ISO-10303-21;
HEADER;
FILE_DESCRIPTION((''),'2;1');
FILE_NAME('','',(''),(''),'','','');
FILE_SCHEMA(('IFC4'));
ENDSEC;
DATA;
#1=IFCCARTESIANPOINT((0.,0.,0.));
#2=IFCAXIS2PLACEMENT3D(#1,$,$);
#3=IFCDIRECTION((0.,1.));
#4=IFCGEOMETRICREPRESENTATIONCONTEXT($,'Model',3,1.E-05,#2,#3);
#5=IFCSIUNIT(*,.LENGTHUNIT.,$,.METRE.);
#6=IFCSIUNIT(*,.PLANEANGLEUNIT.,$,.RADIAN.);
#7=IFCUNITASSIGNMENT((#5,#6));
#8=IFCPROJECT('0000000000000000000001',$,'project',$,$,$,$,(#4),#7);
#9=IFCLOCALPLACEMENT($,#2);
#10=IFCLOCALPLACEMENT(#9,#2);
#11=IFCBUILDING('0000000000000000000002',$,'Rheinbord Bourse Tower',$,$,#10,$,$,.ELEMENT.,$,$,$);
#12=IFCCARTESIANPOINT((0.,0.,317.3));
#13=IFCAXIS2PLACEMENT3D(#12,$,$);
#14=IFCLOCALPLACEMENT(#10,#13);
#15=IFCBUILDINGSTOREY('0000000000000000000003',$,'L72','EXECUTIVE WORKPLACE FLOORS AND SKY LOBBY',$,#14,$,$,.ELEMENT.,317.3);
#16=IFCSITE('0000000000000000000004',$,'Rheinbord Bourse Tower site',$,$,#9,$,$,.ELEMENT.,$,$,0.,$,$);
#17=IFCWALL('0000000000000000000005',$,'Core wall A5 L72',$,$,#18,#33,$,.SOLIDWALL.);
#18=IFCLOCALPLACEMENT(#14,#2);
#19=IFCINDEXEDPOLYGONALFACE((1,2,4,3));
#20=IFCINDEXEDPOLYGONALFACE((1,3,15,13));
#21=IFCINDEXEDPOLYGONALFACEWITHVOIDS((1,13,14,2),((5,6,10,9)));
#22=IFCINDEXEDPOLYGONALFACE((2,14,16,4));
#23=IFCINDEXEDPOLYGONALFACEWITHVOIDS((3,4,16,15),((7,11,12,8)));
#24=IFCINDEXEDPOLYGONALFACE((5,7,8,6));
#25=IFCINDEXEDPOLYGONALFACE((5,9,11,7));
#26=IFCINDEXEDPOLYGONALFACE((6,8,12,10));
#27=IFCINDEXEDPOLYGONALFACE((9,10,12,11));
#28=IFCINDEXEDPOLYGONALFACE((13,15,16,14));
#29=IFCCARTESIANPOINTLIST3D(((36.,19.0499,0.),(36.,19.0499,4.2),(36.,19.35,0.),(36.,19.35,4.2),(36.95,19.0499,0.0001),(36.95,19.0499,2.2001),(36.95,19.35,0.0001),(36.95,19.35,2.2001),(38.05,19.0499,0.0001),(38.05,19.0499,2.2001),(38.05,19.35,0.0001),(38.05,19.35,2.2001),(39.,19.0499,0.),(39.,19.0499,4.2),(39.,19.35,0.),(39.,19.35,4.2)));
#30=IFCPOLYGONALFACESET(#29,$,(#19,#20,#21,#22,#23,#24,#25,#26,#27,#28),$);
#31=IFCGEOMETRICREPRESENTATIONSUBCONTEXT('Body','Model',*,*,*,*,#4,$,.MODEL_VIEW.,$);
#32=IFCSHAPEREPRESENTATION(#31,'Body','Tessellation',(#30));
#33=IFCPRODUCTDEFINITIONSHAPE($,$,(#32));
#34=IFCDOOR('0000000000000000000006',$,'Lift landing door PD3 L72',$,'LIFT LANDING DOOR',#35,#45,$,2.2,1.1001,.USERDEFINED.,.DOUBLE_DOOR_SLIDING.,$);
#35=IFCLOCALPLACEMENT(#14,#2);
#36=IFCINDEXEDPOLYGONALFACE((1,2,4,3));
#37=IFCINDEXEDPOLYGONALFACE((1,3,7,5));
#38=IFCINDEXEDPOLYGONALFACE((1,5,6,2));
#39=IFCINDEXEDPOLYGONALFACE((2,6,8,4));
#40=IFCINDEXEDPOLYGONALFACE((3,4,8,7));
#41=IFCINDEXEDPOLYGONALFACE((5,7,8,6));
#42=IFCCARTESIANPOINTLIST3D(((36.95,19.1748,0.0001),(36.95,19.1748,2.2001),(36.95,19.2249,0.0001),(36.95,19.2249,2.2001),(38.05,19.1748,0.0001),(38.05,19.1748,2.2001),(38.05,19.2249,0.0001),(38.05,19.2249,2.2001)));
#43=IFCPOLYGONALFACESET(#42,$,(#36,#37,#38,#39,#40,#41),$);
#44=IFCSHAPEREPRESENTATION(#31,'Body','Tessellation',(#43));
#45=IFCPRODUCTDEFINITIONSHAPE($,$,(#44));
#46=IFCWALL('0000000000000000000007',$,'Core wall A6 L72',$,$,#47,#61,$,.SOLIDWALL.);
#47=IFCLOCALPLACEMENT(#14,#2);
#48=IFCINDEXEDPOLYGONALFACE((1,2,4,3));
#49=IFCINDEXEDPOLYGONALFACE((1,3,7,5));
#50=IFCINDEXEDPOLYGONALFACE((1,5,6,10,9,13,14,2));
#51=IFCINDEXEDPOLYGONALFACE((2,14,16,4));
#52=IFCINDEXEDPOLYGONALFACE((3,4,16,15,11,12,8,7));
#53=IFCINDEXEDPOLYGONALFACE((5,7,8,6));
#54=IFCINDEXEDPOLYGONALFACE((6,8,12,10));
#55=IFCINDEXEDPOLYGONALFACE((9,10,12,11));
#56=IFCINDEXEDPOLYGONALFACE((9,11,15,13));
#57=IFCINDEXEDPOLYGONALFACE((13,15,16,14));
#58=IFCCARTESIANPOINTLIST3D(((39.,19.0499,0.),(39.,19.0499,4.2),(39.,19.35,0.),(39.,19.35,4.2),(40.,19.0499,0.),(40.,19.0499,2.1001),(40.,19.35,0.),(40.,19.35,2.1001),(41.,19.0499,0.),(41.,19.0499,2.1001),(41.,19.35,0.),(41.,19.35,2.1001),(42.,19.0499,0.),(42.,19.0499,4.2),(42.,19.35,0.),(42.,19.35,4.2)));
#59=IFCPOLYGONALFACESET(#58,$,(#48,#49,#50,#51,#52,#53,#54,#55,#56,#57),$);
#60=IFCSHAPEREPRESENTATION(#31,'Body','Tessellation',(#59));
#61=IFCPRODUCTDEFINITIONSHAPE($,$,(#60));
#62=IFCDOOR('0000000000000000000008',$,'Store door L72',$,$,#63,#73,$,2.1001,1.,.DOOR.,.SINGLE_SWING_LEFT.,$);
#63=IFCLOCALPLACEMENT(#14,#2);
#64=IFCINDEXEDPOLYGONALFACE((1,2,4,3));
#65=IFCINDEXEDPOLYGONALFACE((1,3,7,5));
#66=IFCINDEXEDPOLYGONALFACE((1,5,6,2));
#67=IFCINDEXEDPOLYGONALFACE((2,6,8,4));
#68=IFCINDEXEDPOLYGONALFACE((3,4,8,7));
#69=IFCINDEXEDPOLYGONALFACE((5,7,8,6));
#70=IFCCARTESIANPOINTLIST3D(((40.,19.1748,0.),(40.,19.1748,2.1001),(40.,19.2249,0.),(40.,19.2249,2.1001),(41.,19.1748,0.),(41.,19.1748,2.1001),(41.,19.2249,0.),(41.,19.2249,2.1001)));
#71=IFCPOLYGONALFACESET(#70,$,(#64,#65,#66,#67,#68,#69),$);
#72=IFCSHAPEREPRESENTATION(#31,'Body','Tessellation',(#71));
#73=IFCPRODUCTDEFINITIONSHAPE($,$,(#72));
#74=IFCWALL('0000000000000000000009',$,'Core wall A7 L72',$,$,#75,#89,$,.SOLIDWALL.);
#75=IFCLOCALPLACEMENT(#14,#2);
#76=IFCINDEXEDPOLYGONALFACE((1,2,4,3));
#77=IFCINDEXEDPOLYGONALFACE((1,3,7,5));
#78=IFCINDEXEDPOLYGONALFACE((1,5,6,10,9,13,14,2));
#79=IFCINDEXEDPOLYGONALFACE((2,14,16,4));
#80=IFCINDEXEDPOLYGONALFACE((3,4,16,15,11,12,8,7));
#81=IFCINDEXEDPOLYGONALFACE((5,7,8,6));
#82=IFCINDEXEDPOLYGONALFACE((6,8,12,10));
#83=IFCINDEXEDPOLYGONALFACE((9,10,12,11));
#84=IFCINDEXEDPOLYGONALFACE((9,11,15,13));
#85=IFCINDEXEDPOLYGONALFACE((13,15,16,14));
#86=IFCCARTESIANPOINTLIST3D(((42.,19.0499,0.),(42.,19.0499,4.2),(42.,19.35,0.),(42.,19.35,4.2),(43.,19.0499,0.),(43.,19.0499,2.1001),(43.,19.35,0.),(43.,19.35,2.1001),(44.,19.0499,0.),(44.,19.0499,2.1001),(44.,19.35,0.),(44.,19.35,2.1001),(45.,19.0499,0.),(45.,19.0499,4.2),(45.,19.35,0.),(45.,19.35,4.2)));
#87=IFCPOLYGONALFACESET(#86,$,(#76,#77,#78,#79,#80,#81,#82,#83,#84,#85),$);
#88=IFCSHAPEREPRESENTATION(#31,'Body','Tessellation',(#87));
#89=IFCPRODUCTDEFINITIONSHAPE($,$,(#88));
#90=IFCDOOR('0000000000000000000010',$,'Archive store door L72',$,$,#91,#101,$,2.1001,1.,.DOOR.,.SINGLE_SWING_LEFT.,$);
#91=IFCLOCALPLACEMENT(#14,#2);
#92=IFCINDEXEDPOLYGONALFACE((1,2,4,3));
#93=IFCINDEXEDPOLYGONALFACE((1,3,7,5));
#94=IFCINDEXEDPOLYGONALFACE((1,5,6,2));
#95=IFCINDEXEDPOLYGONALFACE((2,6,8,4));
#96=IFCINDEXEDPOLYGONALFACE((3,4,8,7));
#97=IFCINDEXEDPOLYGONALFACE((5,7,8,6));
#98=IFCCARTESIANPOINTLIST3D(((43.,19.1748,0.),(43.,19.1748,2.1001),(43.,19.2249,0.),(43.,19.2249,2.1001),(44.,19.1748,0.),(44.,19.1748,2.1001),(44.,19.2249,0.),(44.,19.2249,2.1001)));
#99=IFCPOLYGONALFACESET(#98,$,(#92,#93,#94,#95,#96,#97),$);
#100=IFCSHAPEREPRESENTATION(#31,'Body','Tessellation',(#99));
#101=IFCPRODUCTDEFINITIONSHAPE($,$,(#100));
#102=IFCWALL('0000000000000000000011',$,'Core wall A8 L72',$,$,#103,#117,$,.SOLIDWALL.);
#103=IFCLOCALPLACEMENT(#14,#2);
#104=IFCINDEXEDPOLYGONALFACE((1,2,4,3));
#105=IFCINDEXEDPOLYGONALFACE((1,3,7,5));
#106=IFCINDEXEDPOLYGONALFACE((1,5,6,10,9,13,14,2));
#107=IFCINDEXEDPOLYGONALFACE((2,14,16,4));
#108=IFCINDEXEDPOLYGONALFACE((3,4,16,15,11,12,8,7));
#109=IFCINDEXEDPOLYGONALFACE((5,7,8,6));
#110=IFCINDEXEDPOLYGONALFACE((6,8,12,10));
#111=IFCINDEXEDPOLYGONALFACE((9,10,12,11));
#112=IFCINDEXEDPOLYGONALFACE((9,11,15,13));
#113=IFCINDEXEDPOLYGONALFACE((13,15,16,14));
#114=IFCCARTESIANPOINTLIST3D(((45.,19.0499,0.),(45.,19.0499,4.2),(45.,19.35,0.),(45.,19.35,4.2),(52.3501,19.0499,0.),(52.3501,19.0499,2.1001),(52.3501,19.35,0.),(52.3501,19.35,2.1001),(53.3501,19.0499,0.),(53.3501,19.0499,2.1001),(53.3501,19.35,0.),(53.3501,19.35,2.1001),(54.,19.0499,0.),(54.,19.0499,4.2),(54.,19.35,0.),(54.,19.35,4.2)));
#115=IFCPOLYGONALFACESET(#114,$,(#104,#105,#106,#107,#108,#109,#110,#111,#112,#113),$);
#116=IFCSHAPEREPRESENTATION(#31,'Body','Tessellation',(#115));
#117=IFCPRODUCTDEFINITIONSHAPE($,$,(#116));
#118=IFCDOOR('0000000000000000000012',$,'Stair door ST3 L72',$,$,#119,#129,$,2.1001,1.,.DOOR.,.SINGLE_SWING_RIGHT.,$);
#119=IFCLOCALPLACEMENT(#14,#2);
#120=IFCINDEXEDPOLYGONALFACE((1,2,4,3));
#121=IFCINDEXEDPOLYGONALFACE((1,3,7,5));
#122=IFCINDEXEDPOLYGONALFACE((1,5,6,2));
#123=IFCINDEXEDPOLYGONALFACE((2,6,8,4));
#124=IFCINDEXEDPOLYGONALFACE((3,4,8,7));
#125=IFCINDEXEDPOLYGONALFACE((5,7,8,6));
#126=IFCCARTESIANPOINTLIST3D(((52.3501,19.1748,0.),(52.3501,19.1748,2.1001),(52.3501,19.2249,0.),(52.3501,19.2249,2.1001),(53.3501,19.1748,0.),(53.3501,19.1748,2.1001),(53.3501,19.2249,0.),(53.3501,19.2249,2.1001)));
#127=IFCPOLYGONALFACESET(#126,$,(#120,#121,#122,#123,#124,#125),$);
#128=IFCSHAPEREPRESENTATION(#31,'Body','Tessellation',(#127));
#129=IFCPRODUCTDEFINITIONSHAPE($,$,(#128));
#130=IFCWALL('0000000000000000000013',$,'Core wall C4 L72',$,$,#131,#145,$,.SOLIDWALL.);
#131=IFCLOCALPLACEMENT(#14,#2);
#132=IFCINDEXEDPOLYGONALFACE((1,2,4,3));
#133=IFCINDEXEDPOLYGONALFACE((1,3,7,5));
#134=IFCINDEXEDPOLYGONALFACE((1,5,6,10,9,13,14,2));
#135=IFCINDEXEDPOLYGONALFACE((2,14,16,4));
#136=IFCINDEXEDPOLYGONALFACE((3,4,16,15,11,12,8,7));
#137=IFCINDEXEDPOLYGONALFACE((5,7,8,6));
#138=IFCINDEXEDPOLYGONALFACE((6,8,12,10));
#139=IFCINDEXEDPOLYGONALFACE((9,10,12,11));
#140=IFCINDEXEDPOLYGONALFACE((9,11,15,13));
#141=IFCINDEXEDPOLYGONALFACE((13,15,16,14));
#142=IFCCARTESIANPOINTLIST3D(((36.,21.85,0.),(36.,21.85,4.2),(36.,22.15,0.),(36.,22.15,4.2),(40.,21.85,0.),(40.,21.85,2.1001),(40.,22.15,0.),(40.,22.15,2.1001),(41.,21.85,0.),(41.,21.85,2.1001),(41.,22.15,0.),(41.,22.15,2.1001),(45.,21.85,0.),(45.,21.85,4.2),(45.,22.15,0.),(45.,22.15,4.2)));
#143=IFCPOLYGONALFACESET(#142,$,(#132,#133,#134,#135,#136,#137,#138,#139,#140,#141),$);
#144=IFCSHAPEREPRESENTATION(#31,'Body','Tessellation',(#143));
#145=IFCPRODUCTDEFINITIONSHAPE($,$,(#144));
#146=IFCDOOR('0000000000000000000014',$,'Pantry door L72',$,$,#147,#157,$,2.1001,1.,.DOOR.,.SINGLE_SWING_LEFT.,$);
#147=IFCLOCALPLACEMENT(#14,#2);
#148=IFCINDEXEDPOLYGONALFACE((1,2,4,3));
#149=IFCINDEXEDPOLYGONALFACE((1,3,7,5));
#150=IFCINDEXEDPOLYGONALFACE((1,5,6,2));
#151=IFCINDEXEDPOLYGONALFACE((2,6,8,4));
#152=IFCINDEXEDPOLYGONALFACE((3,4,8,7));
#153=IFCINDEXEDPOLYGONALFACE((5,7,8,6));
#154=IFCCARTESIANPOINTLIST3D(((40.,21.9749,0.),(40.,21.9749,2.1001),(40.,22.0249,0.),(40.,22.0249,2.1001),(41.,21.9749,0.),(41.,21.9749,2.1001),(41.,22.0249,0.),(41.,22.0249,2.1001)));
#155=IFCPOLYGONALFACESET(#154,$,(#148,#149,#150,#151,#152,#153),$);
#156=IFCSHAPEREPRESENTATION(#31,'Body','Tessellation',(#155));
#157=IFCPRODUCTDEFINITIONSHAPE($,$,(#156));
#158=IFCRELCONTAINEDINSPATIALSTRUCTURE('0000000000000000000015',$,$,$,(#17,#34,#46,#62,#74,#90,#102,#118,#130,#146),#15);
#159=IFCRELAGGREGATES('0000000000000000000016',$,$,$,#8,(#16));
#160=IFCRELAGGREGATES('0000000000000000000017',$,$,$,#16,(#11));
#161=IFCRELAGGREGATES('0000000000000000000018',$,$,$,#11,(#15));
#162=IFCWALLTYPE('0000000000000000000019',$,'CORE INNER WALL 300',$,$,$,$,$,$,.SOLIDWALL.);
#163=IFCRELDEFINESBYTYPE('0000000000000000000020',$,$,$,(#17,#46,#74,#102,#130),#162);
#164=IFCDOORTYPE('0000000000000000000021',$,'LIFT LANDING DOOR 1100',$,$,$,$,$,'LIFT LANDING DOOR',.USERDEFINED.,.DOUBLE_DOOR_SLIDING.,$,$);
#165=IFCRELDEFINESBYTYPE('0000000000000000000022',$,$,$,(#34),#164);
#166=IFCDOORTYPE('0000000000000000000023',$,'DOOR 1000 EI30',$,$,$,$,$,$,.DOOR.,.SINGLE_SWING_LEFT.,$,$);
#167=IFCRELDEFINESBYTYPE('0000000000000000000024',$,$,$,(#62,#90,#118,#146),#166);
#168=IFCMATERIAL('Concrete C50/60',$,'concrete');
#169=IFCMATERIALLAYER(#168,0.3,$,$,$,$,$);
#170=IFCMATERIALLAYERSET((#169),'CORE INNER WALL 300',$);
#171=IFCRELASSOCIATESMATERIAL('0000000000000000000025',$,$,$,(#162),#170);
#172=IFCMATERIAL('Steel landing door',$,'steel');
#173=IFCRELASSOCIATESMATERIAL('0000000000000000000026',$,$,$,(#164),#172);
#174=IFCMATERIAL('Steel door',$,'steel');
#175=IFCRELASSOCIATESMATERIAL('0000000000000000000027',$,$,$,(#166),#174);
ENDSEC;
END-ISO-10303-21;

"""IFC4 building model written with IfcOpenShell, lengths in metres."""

from ifc_helpers import new_model, si_unit, direction, frame, frame_2d, origin, place, context, subcontext, project, spatial, rectangle, extrude, material, layer, layer_set, type_object, element, fill, save


model = new_model("IFC4")

# Units and contexts
model_context = context("Model", 3, precision=1e-05, world=origin(), true_north=direction((0.0, 1.0)))
body_context = subcontext(model_context, "Body", "Model", "MODEL_VIEW")
ifc_project = project(units=[si_unit("LENGTHUNIT", "METRE"), si_unit("PLANEANGLEUNIT", "RADIAN")], contexts=[model_context])

# Site, building, storey
site_placement = place(None, origin())
site = spatial("IfcSite", under=ifc_project, at=site_placement, Name="Rheinbord Bourse Tower site", CompositionType="ELEMENT", RefElevation=0.0)
building_placement = place(site_placement, origin())
building = spatial("IfcBuilding", under=site, at=building_placement, Name="Rheinbord Bourse Tower", CompositionType="ELEMENT")
storey_placement = place(building_placement, frame((0.0, 0.0, 317.3)))
storey = spatial("IfcBuildingStorey", under=building, at=storey_placement, Name="L72", Description="EXECUTIVE WORKPLACE FLOORS AND SKY LOBBY", CompositionType="ELEMENT", Elevation=317.3)

# Walls, openings, doors
ifc_material_1 = material(Name="Concrete C50/60", Category="concrete")
ifc_layer_1 = layer(ifc_material_1, 0.3)
ifc_layer_set_1 = layer_set([ifc_layer_1], Name="CORE INNER WALL 300")
wall_type_1 = type_object("IfcWallType", Name="CORE INNER WALL 300", PredefinedType="SOLIDWALL", material=ifc_layer_set_1)
wall_1_placement = place(storey_placement, frame((36.0, 19.2, 0.0), z_axis=(0.0, 0.0, 1.0), x_axis=(1.0, 0.0, 0.0)))
wall_1 = element("IfcWall", 1, at=wall_1_placement, inside=storey, type_object=wall_type_1, Name="Core wall A5 L72", PredefinedType="SOLIDWALL", context=body_context, shape_type="SweptSolid", body=[
    extrude(rectangle(XDim=3.0, YDim=0.3, at=frame_2d((1.5, 0.0))), origin(), (0.0, 0.0, 1.0), 4.2),
])
opening_1_placement = place(wall_1_placement, frame((0.95, 0.0, 0.0)))
opening_1 = element("IfcOpeningElement", 2, at=opening_1_placement, cuts=wall_1, PredefinedType="OPENING", context=body_context, shape_type="SweptSolid", body=[
    extrude(rectangle(XDim=1.1001, YDim=2.2, at=frame_2d((0.55, 1.1001))), frame((0.0, 0.1599, 0.0), z_axis=(0.0, -1.0, 0.0), x_axis=(1.0, 0.0, 0.0)), (0.0, 0.0, 1.0), 0.3201),
])
ifc_material_2 = material(Name="Steel landing door", Category="steel")
door_type_1 = type_object("IfcDoorType", Name="LIFT LANDING DOOR 1100", ElementType="LIFT LANDING DOOR", OperationType="DOUBLE_DOOR_SLIDING", PredefinedType="USERDEFINED", material=ifc_material_2)
door_1_placement = place(opening_1_placement, origin())
door_1 = element("IfcDoor", 3, at=door_1_placement, inside=storey, type_object=door_type_1, Name="Lift landing door PD3 L72", ObjectType="LIFT LANDING DOOR", OperationType="DOUBLE_DOOR_SLIDING", OverallHeight=2.2, OverallWidth=1.1001, PredefinedType="USERDEFINED", context=body_context, shape_type="SweptSolid", body=[
    extrude(rectangle(XDim=1.1001, YDim=2.2, at=frame_2d((0.55, 1.1001))), frame((0.0, 0.0249, 0.0), z_axis=(0.0, -1.0, 0.0), x_axis=(1.0, 0.0, 0.0)), (0.0, 0.0, 1.0), 0.05),
])
fill(opening_1, door_1)
wall_2_placement = place(storey_placement, frame((39.0, 19.2, 0.0), z_axis=(0.0, 0.0, 1.0), x_axis=(1.0, 0.0, 0.0)))
wall_2 = element("IfcWall", 4, at=wall_2_placement, inside=storey, type_object=wall_type_1, Name="Core wall A6 L72", PredefinedType="SOLIDWALL", context=body_context, shape_type="SweptSolid", body=[
    extrude(rectangle(XDim=3.0, YDim=0.3, at=frame_2d((1.5, 0.0))), origin(), (0.0, 0.0, 1.0), 4.2),
])
opening_2_placement = place(wall_2_placement, frame((1.0, 0.0, 0.0)))
opening_2 = element("IfcOpeningElement", 5, at=opening_2_placement, cuts=wall_2, PredefinedType="OPENING", context=body_context, shape_type="SweptSolid", body=[
    extrude(rectangle(XDim=1.0, YDim=2.1001, at=frame_2d((0.5, 1.05))), frame((0.0, 0.1599, 0.0), z_axis=(0.0, -1.0, 0.0), x_axis=(1.0, 0.0, 0.0)), (0.0, 0.0, 1.0), 0.3201),
])
ifc_material_3 = material(Name="Steel door", Category="steel")
door_type_2 = type_object("IfcDoorType", Name="DOOR 1000 EI30", OperationType="SINGLE_SWING_LEFT", PredefinedType="DOOR", material=ifc_material_3)
door_2_placement = place(opening_2_placement, origin())
door_2 = element("IfcDoor", 6, at=door_2_placement, inside=storey, type_object=door_type_2, Name="Store door L72", OperationType="SINGLE_SWING_LEFT", OverallHeight=2.1001, OverallWidth=1.0, PredefinedType="DOOR", context=body_context, shape_type="SweptSolid", body=[
    extrude(rectangle(XDim=1.0, YDim=2.1001, at=frame_2d((0.5, 1.05))), frame((0.0, 0.0249, 0.0), z_axis=(0.0, -1.0, 0.0), x_axis=(1.0, 0.0, 0.0)), (0.0, 0.0, 1.0), 0.05),
])
fill(opening_2, door_2)
wall_3_placement = place(storey_placement, frame((42.0, 19.2, 0.0), z_axis=(0.0, 0.0, 1.0), x_axis=(1.0, 0.0, 0.0)))
wall_3 = element("IfcWall", 7, at=wall_3_placement, inside=storey, type_object=wall_type_1, Name="Core wall A7 L72", PredefinedType="SOLIDWALL", context=body_context, shape_type="SweptSolid", body=[
    extrude(rectangle(XDim=3.0, YDim=0.3, at=frame_2d((1.5, 0.0))), origin(), (0.0, 0.0, 1.0), 4.2),
])
opening_3_placement = place(wall_3_placement, frame((1.0, 0.0, 0.0)))
opening_3 = element("IfcOpeningElement", 8, at=opening_3_placement, cuts=wall_3, PredefinedType="OPENING", context=body_context, shape_type="SweptSolid", body=[
    extrude(rectangle(XDim=1.0, YDim=2.1001, at=frame_2d((0.5, 1.05))), frame((0.0, 0.1599, 0.0), z_axis=(0.0, -1.0, 0.0), x_axis=(1.0, 0.0, 0.0)), (0.0, 0.0, 1.0), 0.3201),
])
door_3_placement = place(opening_3_placement, origin())
door_3 = element("IfcDoor", 9, at=door_3_placement, inside=storey, type_object=door_type_2, Name="Archive store door L72", OperationType="SINGLE_SWING_LEFT", OverallHeight=2.1001, OverallWidth=1.0, PredefinedType="DOOR", context=body_context, shape_type="SweptSolid", body=[
    extrude(rectangle(XDim=1.0, YDim=2.1001, at=frame_2d((0.5, 1.05))), frame((0.0, 0.0249, 0.0), z_axis=(0.0, -1.0, 0.0), x_axis=(1.0, 0.0, 0.0)), (0.0, 0.0, 1.0), 0.05),
])
fill(opening_3, door_3)
wall_4_placement = place(storey_placement, frame((45.0, 19.2, 0.0), z_axis=(0.0, 0.0, 1.0), x_axis=(1.0, 0.0, 0.0)))
wall_4 = element("IfcWall", 10, at=wall_4_placement, inside=storey, type_object=wall_type_1, Name="Core wall A8 L72", PredefinedType="SOLIDWALL", context=body_context, shape_type="SweptSolid", body=[
    extrude(rectangle(XDim=9.0, YDim=0.3, at=frame_2d((4.5, 0.0))), origin(), (0.0, 0.0, 1.0), 4.2),
])
opening_4_placement = place(wall_4_placement, frame((7.3501, 0.0, 0.0)))
opening_4 = element("IfcOpeningElement", 11, at=opening_4_placement, cuts=wall_4, PredefinedType="OPENING", context=body_context, shape_type="SweptSolid", body=[
    extrude(rectangle(XDim=1.0, YDim=2.1001, at=frame_2d((0.5, 1.05))), frame((0.0, 0.1599, 0.0), z_axis=(0.0, -1.0, 0.0), x_axis=(1.0, 0.0, 0.0)), (0.0, 0.0, 1.0), 0.3201),
])
door_4_placement = place(opening_4_placement, origin())
door_4 = element("IfcDoor", 12, at=door_4_placement, inside=storey, type_object=door_type_2, Name="Stair door ST3 L72", OperationType="SINGLE_SWING_RIGHT", OverallHeight=2.1001, OverallWidth=1.0, PredefinedType="DOOR", context=body_context, shape_type="SweptSolid", body=[
    extrude(rectangle(XDim=1.0, YDim=2.1001, at=frame_2d((0.5, 1.05))), frame((0.0, 0.0249, 0.0), z_axis=(0.0, -1.0, 0.0), x_axis=(1.0, 0.0, 0.0)), (0.0, 0.0, 1.0), 0.05),
])
fill(opening_4, door_4)
wall_5_placement = place(storey_placement, frame((36.0, 22.0, 0.0), z_axis=(0.0, 0.0, 1.0), x_axis=(1.0, 0.0, 0.0)))
wall_5 = element("IfcWall", 13, at=wall_5_placement, inside=storey, type_object=wall_type_1, Name="Core wall C4 L72", PredefinedType="SOLIDWALL", context=body_context, shape_type="SweptSolid", body=[
    extrude(rectangle(XDim=9.0, YDim=0.3, at=frame_2d((4.5, 0.0))), origin(), (0.0, 0.0, 1.0), 4.2),
])
opening_5_placement = place(wall_5_placement, frame((4.0, 0.0, 0.0)))
opening_5 = element("IfcOpeningElement", 14, at=opening_5_placement, cuts=wall_5, PredefinedType="OPENING", context=body_context, shape_type="SweptSolid", body=[
    extrude(rectangle(XDim=1.0, YDim=2.1001, at=frame_2d((0.5, 1.05))), frame((0.0, 0.1599, 0.0), z_axis=(0.0, -1.0, 0.0), x_axis=(1.0, 0.0, 0.0)), (0.0, 0.0, 1.0), 0.3201),
])
door_5_placement = place(opening_5_placement, origin())
door_5 = element("IfcDoor", 15, at=door_5_placement, inside=storey, type_object=door_type_2, Name="Pantry door L72", OperationType="SINGLE_SWING_LEFT", OverallHeight=2.1001, OverallWidth=1.0, PredefinedType="DOOR", context=body_context, shape_type="SweptSolid", body=[
    extrude(rectangle(XDim=1.0, YDim=2.1001, at=frame_2d((0.5, 1.05))), frame((0.0, 0.0249, 0.0), z_axis=(0.0, -1.0, 0.0), x_axis=(1.0, 0.0, 0.0)), (0.0, 0.0, 1.0), 0.05),
])
fill(opening_5, door_5)

save(model, "model.ifc")
